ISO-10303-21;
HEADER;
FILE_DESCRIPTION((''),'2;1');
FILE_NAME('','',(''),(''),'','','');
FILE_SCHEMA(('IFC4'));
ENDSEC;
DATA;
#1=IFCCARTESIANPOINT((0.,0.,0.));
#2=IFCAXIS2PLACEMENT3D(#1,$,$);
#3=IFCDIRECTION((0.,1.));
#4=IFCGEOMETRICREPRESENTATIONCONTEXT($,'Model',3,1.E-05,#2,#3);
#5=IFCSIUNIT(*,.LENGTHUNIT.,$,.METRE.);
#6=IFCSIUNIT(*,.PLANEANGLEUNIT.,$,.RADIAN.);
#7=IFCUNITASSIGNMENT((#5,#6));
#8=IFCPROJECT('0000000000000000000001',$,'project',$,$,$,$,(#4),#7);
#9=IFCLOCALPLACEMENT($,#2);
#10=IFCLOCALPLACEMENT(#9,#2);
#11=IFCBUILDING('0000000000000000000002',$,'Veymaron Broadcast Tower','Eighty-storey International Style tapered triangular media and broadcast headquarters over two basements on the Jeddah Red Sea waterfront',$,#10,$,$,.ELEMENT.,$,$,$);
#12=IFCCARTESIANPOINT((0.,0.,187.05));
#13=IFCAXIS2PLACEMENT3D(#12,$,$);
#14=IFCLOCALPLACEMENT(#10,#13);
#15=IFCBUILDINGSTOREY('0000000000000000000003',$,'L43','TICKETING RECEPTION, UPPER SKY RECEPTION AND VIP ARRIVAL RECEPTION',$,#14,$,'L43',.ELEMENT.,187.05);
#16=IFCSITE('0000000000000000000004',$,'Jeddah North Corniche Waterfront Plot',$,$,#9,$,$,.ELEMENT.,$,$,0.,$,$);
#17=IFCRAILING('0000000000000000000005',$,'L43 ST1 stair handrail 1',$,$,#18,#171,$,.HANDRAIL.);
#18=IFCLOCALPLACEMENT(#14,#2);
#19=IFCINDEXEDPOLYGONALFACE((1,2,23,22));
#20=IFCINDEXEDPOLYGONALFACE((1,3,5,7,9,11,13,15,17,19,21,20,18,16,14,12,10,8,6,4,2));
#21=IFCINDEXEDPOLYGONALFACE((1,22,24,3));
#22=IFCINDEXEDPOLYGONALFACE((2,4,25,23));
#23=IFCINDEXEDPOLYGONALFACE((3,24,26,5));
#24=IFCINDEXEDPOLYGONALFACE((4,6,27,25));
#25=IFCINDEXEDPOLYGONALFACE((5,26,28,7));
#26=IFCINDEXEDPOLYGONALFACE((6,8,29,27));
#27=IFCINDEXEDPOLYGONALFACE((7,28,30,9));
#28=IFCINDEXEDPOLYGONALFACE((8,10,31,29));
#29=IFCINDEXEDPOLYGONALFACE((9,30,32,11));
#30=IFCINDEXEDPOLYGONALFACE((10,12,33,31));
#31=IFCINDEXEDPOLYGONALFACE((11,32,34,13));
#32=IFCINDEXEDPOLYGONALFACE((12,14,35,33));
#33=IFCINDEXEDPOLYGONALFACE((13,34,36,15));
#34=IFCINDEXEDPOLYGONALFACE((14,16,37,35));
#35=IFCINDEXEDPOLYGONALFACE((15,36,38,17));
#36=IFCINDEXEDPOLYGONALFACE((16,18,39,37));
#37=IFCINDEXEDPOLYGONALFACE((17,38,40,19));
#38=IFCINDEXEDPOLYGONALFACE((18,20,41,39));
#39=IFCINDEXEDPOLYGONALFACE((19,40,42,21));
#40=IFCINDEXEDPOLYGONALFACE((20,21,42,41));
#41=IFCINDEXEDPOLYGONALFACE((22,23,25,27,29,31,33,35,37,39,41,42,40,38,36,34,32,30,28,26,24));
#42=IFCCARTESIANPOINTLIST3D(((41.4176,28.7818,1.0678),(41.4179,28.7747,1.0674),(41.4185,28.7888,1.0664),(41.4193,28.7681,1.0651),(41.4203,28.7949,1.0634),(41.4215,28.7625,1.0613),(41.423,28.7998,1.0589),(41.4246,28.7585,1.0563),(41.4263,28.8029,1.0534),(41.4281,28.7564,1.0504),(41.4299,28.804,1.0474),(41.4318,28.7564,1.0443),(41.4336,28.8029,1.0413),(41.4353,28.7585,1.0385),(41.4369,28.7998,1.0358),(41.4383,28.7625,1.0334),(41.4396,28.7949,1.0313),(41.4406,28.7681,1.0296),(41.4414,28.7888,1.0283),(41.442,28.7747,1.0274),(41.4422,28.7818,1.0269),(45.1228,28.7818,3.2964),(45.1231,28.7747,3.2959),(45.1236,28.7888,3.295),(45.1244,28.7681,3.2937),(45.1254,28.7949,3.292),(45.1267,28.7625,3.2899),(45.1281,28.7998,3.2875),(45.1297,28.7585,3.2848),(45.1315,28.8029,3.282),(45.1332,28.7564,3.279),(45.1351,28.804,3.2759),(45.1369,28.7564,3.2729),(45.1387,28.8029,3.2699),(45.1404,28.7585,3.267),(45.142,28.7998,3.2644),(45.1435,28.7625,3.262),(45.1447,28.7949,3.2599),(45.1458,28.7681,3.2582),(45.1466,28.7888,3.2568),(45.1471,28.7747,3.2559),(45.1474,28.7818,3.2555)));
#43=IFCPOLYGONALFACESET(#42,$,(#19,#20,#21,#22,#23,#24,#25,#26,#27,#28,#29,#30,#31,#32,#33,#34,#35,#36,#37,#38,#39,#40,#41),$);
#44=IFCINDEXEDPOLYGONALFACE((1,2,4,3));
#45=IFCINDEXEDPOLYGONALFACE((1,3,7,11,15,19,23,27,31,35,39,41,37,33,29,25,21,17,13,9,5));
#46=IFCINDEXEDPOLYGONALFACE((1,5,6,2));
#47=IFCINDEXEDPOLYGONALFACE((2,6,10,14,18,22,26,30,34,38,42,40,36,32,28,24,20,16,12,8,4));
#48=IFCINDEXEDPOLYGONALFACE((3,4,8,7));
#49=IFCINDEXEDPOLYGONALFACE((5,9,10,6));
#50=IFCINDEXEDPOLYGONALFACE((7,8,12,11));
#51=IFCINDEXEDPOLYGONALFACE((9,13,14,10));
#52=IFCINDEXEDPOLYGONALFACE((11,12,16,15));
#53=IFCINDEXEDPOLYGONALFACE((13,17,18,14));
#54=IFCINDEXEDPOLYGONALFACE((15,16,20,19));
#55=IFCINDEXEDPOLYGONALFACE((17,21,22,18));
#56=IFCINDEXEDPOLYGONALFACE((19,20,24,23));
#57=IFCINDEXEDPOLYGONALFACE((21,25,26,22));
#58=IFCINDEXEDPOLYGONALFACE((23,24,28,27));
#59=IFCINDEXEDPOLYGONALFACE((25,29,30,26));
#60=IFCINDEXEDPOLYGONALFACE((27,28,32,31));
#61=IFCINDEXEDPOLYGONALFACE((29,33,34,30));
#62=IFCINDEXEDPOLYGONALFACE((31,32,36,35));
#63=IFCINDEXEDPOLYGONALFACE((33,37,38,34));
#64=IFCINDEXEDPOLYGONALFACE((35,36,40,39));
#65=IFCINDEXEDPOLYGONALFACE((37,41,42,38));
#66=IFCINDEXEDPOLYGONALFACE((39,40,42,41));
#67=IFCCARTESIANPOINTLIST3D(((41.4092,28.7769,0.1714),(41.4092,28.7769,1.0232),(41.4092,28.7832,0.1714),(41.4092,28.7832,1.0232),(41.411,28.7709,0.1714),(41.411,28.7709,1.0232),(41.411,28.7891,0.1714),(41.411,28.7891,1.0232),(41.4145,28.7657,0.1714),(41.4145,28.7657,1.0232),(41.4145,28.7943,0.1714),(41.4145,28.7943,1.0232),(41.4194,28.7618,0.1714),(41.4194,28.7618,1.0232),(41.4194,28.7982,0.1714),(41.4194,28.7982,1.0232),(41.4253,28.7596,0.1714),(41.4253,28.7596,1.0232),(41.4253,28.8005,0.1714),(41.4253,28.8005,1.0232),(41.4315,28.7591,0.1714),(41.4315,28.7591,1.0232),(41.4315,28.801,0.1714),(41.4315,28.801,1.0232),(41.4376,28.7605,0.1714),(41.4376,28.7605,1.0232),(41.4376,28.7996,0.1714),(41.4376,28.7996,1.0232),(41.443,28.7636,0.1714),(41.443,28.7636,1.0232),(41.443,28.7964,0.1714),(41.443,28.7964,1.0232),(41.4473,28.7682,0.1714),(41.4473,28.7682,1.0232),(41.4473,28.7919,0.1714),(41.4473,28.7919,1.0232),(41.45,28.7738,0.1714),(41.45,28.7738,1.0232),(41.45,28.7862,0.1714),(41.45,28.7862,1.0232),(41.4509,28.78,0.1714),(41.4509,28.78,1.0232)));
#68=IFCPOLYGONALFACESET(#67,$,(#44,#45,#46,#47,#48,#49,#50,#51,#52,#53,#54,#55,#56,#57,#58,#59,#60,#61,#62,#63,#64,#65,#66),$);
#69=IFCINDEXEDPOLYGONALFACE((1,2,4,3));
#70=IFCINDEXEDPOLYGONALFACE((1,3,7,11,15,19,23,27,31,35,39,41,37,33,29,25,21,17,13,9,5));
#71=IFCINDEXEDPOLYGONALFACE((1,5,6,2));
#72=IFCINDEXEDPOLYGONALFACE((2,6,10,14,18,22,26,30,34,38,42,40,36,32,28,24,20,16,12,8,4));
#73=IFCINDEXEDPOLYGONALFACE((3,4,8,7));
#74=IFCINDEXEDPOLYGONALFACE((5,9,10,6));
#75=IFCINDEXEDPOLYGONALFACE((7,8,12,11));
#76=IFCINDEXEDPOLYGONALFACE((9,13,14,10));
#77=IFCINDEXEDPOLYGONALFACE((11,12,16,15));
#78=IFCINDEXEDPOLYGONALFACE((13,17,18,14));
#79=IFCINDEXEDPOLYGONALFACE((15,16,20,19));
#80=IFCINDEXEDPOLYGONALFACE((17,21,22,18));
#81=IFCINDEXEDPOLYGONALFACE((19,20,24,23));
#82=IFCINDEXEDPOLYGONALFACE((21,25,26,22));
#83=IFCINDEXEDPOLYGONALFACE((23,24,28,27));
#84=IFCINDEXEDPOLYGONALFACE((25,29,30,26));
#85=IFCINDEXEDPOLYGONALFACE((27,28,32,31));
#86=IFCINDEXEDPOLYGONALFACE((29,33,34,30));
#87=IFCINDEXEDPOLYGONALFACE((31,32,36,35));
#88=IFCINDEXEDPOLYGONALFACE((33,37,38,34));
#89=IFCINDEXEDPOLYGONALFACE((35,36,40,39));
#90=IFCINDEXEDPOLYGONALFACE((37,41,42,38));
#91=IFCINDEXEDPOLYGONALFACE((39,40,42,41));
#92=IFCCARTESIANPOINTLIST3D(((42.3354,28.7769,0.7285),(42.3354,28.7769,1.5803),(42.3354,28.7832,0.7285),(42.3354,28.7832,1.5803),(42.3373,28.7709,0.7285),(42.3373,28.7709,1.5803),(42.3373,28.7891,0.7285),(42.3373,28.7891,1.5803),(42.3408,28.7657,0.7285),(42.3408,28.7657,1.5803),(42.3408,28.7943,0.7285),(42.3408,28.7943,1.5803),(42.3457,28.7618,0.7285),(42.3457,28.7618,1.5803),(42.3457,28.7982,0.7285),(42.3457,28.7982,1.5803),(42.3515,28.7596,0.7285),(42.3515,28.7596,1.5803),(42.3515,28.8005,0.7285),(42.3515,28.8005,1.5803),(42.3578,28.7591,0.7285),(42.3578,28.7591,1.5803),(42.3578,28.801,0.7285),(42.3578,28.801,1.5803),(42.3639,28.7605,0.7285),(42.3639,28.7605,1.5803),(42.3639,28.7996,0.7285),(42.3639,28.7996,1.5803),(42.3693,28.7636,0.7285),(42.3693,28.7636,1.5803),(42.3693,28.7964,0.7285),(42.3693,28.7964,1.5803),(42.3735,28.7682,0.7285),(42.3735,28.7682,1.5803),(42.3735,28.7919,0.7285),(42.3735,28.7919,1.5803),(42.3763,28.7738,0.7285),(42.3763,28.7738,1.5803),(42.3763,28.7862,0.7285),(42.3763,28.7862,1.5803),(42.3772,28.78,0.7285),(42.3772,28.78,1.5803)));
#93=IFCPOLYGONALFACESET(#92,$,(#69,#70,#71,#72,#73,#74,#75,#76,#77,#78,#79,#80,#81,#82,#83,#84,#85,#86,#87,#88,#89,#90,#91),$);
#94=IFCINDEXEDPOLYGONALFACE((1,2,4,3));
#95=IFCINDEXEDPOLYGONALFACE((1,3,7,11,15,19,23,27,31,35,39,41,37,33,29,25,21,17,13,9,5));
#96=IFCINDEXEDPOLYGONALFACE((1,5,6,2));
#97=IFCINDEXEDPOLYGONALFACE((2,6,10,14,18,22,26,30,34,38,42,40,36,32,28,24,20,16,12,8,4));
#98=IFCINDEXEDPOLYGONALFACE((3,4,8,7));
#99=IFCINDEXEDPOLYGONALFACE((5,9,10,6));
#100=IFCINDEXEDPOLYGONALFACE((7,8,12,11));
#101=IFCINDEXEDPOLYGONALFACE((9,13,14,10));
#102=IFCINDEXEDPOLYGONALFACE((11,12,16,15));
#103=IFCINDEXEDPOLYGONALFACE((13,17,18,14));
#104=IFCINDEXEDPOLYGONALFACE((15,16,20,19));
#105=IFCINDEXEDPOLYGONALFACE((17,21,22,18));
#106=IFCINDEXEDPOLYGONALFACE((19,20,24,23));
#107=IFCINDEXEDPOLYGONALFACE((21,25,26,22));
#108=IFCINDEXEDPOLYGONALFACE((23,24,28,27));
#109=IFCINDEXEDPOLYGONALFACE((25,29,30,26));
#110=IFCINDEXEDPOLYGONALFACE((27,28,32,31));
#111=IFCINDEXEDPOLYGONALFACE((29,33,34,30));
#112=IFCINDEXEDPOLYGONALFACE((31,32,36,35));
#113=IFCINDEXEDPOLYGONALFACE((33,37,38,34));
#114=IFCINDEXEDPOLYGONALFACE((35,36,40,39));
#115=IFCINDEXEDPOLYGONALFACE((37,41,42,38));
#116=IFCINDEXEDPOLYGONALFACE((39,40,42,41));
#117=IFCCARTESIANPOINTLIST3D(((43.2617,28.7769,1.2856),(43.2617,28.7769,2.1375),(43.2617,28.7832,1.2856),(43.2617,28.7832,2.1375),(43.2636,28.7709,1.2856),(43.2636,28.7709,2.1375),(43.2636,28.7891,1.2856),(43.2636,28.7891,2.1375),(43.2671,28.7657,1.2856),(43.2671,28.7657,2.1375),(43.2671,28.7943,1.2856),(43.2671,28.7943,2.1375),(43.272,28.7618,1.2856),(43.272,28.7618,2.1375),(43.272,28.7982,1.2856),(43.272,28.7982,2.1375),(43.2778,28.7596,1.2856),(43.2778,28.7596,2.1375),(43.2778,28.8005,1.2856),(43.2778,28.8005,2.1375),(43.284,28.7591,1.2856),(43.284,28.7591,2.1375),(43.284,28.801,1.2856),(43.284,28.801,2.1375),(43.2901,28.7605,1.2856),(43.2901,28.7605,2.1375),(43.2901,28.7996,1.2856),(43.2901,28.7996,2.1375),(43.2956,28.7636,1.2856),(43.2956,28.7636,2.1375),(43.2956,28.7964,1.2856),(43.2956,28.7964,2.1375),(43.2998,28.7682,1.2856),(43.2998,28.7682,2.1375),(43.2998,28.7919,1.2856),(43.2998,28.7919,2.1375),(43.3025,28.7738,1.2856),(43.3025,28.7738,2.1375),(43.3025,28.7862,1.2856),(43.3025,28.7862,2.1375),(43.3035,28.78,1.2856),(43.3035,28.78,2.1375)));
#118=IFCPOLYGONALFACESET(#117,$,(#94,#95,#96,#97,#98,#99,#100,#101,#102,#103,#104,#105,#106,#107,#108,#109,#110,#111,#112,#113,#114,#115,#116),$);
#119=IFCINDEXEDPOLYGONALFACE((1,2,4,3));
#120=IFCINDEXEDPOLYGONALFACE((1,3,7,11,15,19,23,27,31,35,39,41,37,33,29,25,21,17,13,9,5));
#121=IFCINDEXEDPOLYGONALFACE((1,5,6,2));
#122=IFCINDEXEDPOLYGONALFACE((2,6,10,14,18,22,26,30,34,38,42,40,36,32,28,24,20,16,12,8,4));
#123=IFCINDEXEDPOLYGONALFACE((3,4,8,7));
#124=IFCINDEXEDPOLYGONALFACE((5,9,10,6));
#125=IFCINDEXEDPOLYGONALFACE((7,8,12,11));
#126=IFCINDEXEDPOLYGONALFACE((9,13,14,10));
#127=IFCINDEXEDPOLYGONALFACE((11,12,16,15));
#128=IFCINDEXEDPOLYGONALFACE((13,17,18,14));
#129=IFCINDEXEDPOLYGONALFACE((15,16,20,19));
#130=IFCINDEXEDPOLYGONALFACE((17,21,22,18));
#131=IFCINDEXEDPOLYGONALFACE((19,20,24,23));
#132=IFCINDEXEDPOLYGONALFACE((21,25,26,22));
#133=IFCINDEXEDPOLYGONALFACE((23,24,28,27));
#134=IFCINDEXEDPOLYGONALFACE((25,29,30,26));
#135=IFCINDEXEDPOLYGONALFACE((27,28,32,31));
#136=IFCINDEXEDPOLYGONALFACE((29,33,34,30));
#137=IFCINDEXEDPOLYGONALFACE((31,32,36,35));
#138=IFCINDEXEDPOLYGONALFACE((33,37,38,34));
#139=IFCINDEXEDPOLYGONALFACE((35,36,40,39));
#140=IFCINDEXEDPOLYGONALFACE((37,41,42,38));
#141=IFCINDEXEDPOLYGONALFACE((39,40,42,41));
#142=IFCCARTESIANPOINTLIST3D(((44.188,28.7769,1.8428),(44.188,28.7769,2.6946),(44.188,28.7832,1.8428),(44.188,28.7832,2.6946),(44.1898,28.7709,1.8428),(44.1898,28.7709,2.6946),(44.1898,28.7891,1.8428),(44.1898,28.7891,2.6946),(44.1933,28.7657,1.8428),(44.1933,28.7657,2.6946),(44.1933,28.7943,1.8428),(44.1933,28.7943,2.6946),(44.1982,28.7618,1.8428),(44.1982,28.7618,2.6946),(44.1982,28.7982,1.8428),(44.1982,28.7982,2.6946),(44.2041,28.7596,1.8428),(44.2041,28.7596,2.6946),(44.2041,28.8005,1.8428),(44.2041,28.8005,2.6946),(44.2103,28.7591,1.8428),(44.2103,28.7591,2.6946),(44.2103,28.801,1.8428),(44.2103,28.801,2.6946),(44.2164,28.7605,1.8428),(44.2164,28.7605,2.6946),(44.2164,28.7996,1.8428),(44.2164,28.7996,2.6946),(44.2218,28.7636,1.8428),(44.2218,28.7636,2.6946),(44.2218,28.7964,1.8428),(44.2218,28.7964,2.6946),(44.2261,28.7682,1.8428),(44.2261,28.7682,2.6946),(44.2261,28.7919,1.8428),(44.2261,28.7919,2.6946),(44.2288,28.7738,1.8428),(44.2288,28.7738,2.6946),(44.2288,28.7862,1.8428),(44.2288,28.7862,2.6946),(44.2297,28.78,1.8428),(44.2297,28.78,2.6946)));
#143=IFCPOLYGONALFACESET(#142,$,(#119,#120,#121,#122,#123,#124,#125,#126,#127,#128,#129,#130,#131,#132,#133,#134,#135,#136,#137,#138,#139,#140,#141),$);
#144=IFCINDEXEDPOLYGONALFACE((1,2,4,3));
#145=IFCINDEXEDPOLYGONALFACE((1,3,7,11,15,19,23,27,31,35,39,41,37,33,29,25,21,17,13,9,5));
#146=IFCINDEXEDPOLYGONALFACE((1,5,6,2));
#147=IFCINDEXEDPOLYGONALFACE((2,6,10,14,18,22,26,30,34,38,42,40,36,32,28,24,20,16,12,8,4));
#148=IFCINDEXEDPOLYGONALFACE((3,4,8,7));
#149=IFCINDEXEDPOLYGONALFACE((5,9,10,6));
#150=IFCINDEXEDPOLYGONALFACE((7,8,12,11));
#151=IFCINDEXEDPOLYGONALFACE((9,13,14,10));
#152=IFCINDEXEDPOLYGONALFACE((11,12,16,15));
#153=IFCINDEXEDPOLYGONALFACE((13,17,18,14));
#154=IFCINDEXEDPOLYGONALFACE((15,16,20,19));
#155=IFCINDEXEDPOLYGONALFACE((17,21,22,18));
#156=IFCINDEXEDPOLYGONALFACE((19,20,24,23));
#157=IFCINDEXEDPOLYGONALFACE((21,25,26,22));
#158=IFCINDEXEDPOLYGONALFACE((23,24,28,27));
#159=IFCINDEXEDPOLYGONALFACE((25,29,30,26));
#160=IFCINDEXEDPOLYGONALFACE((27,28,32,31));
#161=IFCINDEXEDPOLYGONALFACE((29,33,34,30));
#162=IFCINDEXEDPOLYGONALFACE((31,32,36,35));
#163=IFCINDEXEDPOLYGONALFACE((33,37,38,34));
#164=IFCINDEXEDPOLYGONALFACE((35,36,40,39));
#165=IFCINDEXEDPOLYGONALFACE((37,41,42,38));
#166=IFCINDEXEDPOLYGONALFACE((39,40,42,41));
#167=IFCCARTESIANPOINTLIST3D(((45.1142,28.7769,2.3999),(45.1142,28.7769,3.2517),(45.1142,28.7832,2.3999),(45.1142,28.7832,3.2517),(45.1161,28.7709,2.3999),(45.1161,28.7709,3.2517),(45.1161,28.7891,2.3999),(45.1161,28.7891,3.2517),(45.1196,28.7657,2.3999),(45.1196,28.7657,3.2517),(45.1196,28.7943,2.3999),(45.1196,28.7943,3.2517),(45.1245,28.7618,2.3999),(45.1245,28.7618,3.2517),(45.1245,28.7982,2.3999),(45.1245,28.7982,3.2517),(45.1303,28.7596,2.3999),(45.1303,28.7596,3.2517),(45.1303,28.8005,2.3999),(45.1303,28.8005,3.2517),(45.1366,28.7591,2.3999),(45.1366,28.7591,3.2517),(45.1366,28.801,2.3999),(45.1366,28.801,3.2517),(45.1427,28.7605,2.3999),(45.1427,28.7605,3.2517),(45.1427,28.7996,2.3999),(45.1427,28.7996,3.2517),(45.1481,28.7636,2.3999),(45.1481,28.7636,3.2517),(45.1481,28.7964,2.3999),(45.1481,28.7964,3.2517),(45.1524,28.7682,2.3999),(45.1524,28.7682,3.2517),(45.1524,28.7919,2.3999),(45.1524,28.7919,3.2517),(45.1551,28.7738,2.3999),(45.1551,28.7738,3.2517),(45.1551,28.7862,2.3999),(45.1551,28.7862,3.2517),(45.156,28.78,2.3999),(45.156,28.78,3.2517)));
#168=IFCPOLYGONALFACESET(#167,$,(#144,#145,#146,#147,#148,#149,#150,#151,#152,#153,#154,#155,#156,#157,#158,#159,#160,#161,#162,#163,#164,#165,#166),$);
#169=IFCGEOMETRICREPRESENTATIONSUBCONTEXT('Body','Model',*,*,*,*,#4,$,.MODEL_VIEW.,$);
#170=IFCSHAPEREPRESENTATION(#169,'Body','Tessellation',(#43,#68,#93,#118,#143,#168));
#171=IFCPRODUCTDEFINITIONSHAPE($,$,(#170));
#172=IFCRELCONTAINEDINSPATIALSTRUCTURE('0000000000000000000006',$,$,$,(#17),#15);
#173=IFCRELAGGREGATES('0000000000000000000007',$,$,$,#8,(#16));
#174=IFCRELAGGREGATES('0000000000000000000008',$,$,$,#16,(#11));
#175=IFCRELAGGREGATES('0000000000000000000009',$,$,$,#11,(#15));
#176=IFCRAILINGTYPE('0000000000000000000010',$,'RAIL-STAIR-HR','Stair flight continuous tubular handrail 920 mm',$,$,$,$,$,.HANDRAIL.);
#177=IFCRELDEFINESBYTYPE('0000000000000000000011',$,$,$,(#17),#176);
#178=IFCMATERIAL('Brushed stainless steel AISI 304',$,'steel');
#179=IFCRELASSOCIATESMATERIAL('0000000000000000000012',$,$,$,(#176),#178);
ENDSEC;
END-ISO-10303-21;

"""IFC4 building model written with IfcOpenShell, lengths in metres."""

from ifc_helpers import new_model, si_unit, direction, frame, origin, origin_2d, place, context, subcontext, project, spatial, circle, extrude, material, type_object, element, save


model = new_model("IFC4")

# Units and contexts
model_context = context("Model", 3, precision=1e-05, world=origin(), true_north=direction((0.0, 1.0)))
body_context = subcontext(model_context, "Body", "Model", "MODEL_VIEW")
ifc_project = project(units=[si_unit("LENGTHUNIT", "METRE"), si_unit("PLANEANGLEUNIT", "RADIAN")], contexts=[model_context])

# Site, building, storey
site_placement = place(None, origin())
site = spatial("IfcSite", under=ifc_project, at=site_placement, Name="Jeddah North Corniche Waterfront Plot", CompositionType="ELEMENT", RefElevation=0.0)
building_placement = place(site_placement, origin())
building = spatial("IfcBuilding", under=site, at=building_placement, Name="Veymaron Broadcast Tower", Description="Eighty-storey International Style tapered triangular media and broadcast headquarters over two basements on the Jeddah Red Sea waterfront", CompositionType="ELEMENT")
storey_placement = place(building_placement, frame((0.0, 0.0, 187.05)))
storey = spatial("IfcBuildingStorey", under=building, at=storey_placement, Name="L43", Description="TICKETING RECEPTION, UPPER SKY RECEPTION AND VIP ARRIVAL RECEPTION", LongName="L43", CompositionType="ELEMENT", Elevation=187.05)

# Shared definitions
ifc_material_1 = material(Name="Brushed stainless steel AISI 304", Category="steel")

# Railing
railing_type_1 = type_object("IfcRailingType", Name="RAIL-STAIR-HR", Description="Stair flight continuous tubular handrail 920 mm", PredefinedType="HANDRAIL", material=ifc_material_1)
railing_1_placement = place(storey_placement, frame((41.4299, 28.78, 0.1714)))
element("IfcRailing", 1, at=railing_1_placement, inside=storey, type_object=railing_type_1, Name="L43 ST1 stair handrail 1", PredefinedType="HANDRAIL", context=body_context, shape_type="SweptSolid", body=[
    extrude(circle(Radius=0.0239, at=origin_2d()), frame((0.0, 0.0, 0.876), z_axis=(0.856934, 0.0, 0.515425), x_axis=(0.0, 1.0, 0.0)), (0.0, 0.0, 1.0), 4.3237),
    extrude(circle(Radius=0.021, at=origin_2d()), origin(), (0.0, 0.0, 1.0), 0.8518),
    extrude(circle(Radius=0.021, at=origin_2d()), frame((0.9263, 0.0, 0.5571)), (0.0, 0.0, 1.0), 0.8518),
    extrude(circle(Radius=0.021, at=origin_2d()), frame((1.8525, 0.0, 1.1143)), (0.0, 0.0, 1.0), 0.8518),
    extrude(circle(Radius=0.021, at=origin_2d()), frame((2.7788, 0.0, 1.6714)), (0.0, 0.0, 1.0), 0.8518),
    extrude(circle(Radius=0.021, at=origin_2d()), frame((3.7051, 0.0, 2.2285)), (0.0, 0.0, 1.0), 0.8518),
])

save(model, "model.ifc")
